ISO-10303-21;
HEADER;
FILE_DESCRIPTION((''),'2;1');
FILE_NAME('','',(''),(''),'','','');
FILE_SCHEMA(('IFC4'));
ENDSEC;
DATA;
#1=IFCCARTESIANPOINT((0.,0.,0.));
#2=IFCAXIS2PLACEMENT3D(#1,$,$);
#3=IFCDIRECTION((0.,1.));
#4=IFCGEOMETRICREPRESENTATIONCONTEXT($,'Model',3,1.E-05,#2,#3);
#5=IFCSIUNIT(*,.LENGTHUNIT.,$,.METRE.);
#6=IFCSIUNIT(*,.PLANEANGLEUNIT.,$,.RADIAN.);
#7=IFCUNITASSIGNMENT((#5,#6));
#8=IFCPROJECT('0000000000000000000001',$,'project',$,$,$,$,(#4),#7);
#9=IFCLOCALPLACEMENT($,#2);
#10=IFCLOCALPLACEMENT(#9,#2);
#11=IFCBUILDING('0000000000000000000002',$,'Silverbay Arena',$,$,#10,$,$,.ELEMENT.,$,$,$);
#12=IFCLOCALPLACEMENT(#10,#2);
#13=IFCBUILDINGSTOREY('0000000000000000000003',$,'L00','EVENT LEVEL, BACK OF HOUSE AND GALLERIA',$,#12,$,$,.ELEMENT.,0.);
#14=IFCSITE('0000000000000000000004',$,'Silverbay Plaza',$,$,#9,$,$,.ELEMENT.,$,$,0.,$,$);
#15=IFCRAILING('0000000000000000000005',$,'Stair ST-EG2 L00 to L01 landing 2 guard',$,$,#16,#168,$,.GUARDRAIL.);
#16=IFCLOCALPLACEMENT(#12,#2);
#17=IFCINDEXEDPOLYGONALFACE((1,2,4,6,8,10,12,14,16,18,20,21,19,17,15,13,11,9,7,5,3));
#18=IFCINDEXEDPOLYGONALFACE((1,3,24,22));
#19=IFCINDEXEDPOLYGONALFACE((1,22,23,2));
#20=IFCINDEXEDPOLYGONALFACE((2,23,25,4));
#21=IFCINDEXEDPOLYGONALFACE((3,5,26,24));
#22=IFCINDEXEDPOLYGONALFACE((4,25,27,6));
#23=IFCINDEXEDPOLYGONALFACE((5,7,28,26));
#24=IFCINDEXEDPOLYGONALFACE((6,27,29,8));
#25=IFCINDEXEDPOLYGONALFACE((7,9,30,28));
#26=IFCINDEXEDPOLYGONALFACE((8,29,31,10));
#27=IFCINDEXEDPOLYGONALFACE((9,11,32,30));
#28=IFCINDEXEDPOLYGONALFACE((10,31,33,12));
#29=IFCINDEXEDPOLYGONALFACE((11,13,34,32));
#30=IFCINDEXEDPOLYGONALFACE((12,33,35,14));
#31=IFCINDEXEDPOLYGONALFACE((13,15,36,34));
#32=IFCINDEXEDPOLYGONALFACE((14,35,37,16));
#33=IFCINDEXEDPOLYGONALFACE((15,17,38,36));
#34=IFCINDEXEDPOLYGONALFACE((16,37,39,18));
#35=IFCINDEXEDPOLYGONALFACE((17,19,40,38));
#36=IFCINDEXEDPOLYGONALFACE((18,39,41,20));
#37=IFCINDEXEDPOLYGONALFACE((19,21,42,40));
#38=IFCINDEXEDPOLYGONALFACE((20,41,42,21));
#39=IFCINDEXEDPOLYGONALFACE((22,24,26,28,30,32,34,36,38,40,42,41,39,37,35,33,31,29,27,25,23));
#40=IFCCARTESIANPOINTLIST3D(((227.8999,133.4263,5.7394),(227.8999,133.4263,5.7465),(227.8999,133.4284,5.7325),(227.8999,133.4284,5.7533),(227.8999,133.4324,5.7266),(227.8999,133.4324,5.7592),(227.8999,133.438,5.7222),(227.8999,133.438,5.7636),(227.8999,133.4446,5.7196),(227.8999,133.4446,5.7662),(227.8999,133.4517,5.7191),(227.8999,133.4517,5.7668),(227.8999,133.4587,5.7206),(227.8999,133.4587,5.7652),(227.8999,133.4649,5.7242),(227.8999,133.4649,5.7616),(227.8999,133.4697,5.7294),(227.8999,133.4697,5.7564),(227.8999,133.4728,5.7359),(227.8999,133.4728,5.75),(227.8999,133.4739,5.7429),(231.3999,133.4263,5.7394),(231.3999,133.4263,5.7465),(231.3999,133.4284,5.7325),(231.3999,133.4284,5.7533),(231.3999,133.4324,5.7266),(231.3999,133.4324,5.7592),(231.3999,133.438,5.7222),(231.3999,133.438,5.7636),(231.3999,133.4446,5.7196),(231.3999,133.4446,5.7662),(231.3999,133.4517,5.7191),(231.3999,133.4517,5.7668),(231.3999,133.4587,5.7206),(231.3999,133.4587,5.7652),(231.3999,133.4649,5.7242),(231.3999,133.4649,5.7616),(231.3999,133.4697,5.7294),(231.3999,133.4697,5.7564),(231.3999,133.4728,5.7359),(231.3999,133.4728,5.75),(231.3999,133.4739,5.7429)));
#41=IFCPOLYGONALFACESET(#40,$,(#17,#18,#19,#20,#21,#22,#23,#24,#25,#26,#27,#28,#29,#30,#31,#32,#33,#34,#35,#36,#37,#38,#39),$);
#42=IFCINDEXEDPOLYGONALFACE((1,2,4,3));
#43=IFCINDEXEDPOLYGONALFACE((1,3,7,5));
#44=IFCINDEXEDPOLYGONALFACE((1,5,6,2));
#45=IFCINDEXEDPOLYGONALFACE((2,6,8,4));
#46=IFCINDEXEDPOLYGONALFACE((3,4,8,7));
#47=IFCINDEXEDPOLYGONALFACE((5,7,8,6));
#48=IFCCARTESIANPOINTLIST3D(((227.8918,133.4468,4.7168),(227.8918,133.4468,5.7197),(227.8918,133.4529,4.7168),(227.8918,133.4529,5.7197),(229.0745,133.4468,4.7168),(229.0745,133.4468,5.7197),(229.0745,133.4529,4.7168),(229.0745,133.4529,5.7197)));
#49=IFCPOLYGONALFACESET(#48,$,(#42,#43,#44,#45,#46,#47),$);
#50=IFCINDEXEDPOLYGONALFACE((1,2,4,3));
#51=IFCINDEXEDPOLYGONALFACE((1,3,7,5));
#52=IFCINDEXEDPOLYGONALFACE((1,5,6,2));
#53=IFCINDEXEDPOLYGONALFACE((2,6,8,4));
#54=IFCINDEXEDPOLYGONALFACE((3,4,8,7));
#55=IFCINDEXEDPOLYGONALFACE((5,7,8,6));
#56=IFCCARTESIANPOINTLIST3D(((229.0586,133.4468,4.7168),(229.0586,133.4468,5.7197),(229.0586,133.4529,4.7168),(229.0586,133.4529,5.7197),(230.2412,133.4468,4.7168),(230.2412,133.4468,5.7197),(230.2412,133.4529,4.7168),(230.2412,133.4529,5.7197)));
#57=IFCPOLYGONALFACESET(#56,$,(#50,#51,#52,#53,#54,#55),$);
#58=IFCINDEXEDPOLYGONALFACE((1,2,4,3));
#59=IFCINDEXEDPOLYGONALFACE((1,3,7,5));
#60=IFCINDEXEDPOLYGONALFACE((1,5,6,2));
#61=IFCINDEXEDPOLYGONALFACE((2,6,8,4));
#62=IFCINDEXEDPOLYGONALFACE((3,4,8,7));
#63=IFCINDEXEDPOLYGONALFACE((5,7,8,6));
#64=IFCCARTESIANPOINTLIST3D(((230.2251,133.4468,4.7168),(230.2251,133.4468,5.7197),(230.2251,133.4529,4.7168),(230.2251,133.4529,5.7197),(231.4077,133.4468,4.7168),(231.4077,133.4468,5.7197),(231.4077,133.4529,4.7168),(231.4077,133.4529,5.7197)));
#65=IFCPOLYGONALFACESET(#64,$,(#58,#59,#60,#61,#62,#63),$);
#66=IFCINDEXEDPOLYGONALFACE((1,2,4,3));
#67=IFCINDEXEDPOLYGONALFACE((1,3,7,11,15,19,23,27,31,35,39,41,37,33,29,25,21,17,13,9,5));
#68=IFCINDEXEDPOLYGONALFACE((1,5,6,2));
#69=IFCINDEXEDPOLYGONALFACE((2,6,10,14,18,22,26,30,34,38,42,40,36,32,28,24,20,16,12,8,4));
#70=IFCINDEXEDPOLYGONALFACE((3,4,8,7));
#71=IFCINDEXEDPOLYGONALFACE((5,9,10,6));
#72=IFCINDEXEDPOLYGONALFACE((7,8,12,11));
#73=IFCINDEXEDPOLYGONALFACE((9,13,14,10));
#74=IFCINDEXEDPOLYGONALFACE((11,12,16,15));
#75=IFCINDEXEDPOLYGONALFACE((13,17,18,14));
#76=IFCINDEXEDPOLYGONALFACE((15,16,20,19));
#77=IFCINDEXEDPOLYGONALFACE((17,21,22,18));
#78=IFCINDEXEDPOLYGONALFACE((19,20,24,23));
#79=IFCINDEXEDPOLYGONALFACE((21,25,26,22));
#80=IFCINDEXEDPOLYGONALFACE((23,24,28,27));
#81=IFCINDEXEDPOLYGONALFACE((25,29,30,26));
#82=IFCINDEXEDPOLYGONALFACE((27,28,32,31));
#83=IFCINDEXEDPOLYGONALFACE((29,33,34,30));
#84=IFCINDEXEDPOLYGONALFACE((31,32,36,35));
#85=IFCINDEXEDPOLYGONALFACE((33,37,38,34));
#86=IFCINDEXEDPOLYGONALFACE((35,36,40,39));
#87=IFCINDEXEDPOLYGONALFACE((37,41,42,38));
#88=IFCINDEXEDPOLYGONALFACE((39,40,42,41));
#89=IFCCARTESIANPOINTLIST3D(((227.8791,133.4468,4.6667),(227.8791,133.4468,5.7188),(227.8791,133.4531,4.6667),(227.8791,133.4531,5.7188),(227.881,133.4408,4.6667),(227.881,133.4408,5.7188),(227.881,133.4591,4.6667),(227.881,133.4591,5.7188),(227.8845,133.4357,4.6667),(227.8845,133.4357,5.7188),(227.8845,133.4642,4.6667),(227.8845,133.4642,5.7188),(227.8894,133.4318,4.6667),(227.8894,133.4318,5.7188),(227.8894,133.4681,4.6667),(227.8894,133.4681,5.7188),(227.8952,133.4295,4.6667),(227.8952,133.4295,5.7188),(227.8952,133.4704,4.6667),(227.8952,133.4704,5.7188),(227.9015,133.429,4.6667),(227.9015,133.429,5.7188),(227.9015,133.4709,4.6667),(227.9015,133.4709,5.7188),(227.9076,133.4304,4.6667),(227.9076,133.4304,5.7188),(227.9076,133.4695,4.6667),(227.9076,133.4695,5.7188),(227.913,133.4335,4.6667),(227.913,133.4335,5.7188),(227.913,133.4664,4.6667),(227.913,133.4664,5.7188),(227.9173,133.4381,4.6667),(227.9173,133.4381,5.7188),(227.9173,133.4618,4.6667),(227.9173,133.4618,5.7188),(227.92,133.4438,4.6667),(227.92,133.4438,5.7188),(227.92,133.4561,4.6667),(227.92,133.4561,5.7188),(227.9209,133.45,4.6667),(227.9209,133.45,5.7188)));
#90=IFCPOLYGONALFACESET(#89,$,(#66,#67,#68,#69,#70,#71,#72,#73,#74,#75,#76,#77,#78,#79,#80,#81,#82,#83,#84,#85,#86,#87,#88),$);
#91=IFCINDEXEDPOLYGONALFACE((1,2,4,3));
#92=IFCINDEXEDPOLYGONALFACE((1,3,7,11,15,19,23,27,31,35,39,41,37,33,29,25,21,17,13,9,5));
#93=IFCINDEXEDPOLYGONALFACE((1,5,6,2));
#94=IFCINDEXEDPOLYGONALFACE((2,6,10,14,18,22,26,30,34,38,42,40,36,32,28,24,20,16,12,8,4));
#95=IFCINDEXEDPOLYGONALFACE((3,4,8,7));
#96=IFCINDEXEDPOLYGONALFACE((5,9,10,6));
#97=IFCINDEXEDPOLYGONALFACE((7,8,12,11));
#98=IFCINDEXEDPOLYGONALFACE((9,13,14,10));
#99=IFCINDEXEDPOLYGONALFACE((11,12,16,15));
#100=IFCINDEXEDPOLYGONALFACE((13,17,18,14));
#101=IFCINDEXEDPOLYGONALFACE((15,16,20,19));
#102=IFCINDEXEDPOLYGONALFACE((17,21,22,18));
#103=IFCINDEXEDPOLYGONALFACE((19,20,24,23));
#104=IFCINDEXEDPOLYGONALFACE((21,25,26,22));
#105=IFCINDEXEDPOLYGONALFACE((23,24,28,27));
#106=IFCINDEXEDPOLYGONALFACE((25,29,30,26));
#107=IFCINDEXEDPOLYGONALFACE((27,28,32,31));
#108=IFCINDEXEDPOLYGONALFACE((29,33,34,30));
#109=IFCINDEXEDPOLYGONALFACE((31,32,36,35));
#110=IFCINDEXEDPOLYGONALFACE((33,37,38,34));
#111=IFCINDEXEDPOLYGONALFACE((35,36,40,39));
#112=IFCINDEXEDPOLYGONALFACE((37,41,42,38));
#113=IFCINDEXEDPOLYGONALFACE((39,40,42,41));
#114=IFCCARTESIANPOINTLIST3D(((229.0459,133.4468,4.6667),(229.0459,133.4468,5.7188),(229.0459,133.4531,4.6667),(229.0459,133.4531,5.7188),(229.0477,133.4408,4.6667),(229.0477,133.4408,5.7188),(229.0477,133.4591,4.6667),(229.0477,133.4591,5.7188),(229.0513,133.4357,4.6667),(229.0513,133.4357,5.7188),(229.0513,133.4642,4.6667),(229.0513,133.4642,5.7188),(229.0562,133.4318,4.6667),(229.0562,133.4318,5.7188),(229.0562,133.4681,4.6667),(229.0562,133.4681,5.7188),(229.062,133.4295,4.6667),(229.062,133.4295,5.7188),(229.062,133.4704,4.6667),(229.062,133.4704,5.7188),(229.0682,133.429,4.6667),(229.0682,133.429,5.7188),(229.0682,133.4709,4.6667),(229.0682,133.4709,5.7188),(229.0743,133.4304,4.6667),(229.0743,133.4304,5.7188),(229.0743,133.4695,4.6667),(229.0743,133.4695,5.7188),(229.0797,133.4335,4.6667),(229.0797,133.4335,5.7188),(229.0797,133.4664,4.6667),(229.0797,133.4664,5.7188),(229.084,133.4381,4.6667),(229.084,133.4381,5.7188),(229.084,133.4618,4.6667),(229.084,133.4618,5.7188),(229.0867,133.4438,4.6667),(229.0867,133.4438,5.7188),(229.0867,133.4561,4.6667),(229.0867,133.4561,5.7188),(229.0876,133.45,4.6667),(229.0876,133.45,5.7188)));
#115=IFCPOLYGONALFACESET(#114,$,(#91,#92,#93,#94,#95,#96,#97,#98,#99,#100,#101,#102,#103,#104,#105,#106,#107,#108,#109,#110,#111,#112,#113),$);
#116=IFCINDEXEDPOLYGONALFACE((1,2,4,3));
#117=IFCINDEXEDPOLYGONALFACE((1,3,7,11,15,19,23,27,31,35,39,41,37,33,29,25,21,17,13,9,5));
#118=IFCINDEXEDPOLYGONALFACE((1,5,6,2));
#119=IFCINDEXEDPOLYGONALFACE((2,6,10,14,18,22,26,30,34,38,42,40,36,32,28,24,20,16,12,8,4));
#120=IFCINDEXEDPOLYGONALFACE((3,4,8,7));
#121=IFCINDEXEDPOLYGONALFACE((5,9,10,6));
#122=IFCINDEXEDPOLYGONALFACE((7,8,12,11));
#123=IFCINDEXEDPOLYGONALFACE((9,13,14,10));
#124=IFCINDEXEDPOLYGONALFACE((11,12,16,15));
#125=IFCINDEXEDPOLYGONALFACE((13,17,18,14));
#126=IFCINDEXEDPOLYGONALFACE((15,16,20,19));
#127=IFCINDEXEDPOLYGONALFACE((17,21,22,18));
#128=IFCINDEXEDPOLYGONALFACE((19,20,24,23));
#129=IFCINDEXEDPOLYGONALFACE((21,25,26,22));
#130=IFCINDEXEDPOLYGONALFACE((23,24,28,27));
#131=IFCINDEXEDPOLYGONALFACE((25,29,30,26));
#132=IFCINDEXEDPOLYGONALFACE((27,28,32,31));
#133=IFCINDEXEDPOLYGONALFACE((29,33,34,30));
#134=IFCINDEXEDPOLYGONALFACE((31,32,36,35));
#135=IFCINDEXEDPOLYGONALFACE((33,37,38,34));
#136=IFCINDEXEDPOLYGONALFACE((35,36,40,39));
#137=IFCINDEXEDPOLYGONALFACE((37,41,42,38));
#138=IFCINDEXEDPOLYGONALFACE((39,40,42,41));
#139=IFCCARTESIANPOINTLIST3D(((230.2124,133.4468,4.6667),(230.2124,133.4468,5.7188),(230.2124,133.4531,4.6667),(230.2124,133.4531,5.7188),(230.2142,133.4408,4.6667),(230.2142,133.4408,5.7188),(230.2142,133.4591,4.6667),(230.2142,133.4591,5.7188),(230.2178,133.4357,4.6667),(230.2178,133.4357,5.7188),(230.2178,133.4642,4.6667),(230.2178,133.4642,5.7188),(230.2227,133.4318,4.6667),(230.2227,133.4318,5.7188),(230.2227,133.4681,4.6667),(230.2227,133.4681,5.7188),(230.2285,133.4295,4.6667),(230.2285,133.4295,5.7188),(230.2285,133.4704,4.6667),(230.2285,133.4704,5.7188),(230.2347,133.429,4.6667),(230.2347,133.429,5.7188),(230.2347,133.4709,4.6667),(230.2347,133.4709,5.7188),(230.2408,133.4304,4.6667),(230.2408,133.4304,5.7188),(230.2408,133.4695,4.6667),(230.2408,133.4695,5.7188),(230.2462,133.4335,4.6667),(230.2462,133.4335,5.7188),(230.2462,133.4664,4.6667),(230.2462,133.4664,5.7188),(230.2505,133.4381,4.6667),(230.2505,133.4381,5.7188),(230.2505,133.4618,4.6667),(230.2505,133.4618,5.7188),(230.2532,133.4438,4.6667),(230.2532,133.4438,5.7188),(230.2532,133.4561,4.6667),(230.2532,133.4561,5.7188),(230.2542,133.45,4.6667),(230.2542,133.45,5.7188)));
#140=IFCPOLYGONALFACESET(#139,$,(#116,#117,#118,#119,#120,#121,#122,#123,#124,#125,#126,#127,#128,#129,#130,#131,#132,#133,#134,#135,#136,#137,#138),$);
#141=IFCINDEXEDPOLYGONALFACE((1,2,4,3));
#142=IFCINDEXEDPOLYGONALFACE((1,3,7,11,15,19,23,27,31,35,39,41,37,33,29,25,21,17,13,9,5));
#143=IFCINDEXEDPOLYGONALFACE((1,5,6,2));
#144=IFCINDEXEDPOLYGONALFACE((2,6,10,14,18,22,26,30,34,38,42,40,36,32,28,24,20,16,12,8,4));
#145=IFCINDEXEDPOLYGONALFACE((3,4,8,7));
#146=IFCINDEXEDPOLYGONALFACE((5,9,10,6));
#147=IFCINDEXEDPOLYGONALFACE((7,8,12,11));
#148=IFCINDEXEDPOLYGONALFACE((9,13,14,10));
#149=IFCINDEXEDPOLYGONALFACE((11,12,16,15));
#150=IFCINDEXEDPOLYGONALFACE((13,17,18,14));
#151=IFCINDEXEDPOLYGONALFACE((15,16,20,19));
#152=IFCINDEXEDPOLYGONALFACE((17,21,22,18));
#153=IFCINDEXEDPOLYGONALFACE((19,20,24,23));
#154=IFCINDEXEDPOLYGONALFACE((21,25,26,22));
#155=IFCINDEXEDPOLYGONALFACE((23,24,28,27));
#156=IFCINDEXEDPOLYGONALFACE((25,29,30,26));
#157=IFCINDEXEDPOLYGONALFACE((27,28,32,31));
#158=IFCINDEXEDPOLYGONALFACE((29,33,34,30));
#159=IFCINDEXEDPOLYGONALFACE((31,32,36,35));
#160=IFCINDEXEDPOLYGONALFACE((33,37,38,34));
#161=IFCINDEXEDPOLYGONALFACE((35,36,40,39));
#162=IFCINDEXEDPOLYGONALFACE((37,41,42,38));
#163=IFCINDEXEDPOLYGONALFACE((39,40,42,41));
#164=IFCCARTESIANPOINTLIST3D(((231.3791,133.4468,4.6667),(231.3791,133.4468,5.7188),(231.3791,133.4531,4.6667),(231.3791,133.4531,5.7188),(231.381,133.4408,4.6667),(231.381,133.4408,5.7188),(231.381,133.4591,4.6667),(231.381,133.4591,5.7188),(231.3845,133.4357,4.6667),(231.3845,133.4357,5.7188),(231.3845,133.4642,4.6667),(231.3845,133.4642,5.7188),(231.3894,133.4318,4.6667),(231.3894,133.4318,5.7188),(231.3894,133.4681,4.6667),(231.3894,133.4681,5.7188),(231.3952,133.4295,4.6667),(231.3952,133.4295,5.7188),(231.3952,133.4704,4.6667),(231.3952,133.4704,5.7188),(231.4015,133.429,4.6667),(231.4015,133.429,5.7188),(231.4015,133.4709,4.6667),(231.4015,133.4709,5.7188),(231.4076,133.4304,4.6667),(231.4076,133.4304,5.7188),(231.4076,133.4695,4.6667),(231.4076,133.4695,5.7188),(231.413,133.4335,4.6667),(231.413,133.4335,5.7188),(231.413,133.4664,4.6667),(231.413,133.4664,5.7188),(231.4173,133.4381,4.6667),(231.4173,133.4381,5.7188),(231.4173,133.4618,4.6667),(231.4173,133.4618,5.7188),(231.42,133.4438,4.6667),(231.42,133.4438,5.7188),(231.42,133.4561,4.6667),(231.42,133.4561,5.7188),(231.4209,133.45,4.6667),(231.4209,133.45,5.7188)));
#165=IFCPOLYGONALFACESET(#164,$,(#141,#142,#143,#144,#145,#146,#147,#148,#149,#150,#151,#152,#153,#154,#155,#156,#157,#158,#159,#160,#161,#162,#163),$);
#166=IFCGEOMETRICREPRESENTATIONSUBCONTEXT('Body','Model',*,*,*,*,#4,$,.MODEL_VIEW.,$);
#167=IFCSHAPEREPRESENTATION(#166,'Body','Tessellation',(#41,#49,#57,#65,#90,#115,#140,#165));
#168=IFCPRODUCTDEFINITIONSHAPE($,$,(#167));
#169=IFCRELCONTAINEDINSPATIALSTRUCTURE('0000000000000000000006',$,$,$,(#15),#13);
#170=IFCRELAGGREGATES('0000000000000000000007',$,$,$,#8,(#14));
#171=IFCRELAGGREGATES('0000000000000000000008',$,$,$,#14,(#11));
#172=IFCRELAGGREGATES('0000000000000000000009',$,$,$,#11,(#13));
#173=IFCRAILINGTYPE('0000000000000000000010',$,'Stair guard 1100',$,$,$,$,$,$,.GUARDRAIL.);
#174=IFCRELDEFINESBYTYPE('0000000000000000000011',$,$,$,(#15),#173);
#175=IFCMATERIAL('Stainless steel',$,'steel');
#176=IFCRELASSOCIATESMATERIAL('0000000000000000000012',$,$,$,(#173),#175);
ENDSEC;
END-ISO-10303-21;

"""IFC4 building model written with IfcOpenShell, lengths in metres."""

from ifc_helpers import new_model, si_unit, direction, frame, origin, origin_2d, place, context, subcontext, project, spatial, polyline, circle, outline, extrude, material, type_object, element, save


model = new_model("IFC4")

# Units and contexts
model_context = context("Model", 3, precision=1e-05, world=origin(), true_north=direction((0.0, 1.0)))
body_context = subcontext(model_context, "Body", "Model", "MODEL_VIEW")
ifc_project = project(units=[si_unit("LENGTHUNIT", "METRE"), si_unit("PLANEANGLEUNIT", "RADIAN")], contexts=[model_context])

# Site, building, storey
site_placement = place(None, origin())
site = spatial("IfcSite", under=ifc_project, at=site_placement, Name="Silverbay Plaza", CompositionType="ELEMENT", RefElevation=0.0)
building_placement = place(site_placement, origin())
building = spatial("IfcBuilding", under=site, at=building_placement, Name="Silverbay Arena", CompositionType="ELEMENT")
storey_placement = place(building_placement, origin())
storey = spatial("IfcBuildingStorey", under=building, at=storey_placement, Name="L00", Description="EVENT LEVEL, BACK OF HOUSE AND GALLERIA", CompositionType="ELEMENT", Elevation=0.0)

# Railing
ifc_material_1 = material(Name="Stainless steel", Category="steel")
railing_type_1 = type_object("IfcRailingType", Name="Stair guard 1100", PredefinedType="GUARDRAIL", material=ifc_material_1)
railing_1_placement = place(storey_placement, frame((227.8999, 133.45, 4.6667)))
element("IfcRailing", 1, at=railing_1_placement, inside=storey, type_object=railing_type_1, Name="Stair ST-EG2 L00 to L01 landing 2 guard", PredefinedType="GUARDRAIL", context=body_context, shape_type="SweptSolid", body=[
    extrude(circle(Radius=0.0239, at=origin_2d()), frame((0.0, 0.0, 1.0762), z_axis=(1.0, 0.0, 0.0), x_axis=(0.0, 1.0, 0.0)), (0.0, 0.0, 1.0), 3.5),
    extrude(outline(polyline([(-0.0081, 0.05), (1.1746, 0.05), (1.1746, 1.053), (-0.0081, 1.053), (-0.0081, 0.05)])), frame((0.0, 0.0029, 0.0), z_axis=(0.0, -1.0, 0.0), x_axis=(1.0, 0.0, 0.0)), (0.0, 0.0, 1.0), 0.0061),
    extrude(outline(polyline([(-0.0081, 0.05), (1.1746, 0.05), (1.1746, 1.053), (-0.0081, 1.053), (-0.0081, 0.05)])), frame((1.1667, 0.0029, 0.0), z_axis=(0.0, -1.0, 0.0), x_axis=(1.0, 0.0, 0.0)), (0.0, 0.0, 1.0), 0.0061),
    extrude(outline(polyline([(-0.0081, 0.05), (1.1746, 0.05), (1.1746, 1.053), (-0.0081, 1.053), (-0.0081, 0.05)])), frame((2.3333, 0.0029, 0.0), z_axis=(0.0, -1.0, 0.0), x_axis=(1.0, 0.0, 0.0)), (0.0, 0.0, 1.0), 0.0061),
    extrude(circle(Radius=0.021, at=origin_2d()), origin(), (0.0, 0.0, 1.0), 1.052),
    extrude(circle(Radius=0.021, at=origin_2d()), frame((1.1667, 0.0, 0.0)), (0.0, 0.0, 1.0), 1.052),
    extrude(circle(Radius=0.021, at=origin_2d()), frame((2.3333, 0.0, 0.0)), (0.0, 0.0, 1.0), 1.052),
    extrude(circle(Radius=0.021, at=origin_2d()), frame((3.5, 0.0, 0.0)), (0.0, 0.0, 1.0), 1.052),
])

save(model, "model.ifc")
